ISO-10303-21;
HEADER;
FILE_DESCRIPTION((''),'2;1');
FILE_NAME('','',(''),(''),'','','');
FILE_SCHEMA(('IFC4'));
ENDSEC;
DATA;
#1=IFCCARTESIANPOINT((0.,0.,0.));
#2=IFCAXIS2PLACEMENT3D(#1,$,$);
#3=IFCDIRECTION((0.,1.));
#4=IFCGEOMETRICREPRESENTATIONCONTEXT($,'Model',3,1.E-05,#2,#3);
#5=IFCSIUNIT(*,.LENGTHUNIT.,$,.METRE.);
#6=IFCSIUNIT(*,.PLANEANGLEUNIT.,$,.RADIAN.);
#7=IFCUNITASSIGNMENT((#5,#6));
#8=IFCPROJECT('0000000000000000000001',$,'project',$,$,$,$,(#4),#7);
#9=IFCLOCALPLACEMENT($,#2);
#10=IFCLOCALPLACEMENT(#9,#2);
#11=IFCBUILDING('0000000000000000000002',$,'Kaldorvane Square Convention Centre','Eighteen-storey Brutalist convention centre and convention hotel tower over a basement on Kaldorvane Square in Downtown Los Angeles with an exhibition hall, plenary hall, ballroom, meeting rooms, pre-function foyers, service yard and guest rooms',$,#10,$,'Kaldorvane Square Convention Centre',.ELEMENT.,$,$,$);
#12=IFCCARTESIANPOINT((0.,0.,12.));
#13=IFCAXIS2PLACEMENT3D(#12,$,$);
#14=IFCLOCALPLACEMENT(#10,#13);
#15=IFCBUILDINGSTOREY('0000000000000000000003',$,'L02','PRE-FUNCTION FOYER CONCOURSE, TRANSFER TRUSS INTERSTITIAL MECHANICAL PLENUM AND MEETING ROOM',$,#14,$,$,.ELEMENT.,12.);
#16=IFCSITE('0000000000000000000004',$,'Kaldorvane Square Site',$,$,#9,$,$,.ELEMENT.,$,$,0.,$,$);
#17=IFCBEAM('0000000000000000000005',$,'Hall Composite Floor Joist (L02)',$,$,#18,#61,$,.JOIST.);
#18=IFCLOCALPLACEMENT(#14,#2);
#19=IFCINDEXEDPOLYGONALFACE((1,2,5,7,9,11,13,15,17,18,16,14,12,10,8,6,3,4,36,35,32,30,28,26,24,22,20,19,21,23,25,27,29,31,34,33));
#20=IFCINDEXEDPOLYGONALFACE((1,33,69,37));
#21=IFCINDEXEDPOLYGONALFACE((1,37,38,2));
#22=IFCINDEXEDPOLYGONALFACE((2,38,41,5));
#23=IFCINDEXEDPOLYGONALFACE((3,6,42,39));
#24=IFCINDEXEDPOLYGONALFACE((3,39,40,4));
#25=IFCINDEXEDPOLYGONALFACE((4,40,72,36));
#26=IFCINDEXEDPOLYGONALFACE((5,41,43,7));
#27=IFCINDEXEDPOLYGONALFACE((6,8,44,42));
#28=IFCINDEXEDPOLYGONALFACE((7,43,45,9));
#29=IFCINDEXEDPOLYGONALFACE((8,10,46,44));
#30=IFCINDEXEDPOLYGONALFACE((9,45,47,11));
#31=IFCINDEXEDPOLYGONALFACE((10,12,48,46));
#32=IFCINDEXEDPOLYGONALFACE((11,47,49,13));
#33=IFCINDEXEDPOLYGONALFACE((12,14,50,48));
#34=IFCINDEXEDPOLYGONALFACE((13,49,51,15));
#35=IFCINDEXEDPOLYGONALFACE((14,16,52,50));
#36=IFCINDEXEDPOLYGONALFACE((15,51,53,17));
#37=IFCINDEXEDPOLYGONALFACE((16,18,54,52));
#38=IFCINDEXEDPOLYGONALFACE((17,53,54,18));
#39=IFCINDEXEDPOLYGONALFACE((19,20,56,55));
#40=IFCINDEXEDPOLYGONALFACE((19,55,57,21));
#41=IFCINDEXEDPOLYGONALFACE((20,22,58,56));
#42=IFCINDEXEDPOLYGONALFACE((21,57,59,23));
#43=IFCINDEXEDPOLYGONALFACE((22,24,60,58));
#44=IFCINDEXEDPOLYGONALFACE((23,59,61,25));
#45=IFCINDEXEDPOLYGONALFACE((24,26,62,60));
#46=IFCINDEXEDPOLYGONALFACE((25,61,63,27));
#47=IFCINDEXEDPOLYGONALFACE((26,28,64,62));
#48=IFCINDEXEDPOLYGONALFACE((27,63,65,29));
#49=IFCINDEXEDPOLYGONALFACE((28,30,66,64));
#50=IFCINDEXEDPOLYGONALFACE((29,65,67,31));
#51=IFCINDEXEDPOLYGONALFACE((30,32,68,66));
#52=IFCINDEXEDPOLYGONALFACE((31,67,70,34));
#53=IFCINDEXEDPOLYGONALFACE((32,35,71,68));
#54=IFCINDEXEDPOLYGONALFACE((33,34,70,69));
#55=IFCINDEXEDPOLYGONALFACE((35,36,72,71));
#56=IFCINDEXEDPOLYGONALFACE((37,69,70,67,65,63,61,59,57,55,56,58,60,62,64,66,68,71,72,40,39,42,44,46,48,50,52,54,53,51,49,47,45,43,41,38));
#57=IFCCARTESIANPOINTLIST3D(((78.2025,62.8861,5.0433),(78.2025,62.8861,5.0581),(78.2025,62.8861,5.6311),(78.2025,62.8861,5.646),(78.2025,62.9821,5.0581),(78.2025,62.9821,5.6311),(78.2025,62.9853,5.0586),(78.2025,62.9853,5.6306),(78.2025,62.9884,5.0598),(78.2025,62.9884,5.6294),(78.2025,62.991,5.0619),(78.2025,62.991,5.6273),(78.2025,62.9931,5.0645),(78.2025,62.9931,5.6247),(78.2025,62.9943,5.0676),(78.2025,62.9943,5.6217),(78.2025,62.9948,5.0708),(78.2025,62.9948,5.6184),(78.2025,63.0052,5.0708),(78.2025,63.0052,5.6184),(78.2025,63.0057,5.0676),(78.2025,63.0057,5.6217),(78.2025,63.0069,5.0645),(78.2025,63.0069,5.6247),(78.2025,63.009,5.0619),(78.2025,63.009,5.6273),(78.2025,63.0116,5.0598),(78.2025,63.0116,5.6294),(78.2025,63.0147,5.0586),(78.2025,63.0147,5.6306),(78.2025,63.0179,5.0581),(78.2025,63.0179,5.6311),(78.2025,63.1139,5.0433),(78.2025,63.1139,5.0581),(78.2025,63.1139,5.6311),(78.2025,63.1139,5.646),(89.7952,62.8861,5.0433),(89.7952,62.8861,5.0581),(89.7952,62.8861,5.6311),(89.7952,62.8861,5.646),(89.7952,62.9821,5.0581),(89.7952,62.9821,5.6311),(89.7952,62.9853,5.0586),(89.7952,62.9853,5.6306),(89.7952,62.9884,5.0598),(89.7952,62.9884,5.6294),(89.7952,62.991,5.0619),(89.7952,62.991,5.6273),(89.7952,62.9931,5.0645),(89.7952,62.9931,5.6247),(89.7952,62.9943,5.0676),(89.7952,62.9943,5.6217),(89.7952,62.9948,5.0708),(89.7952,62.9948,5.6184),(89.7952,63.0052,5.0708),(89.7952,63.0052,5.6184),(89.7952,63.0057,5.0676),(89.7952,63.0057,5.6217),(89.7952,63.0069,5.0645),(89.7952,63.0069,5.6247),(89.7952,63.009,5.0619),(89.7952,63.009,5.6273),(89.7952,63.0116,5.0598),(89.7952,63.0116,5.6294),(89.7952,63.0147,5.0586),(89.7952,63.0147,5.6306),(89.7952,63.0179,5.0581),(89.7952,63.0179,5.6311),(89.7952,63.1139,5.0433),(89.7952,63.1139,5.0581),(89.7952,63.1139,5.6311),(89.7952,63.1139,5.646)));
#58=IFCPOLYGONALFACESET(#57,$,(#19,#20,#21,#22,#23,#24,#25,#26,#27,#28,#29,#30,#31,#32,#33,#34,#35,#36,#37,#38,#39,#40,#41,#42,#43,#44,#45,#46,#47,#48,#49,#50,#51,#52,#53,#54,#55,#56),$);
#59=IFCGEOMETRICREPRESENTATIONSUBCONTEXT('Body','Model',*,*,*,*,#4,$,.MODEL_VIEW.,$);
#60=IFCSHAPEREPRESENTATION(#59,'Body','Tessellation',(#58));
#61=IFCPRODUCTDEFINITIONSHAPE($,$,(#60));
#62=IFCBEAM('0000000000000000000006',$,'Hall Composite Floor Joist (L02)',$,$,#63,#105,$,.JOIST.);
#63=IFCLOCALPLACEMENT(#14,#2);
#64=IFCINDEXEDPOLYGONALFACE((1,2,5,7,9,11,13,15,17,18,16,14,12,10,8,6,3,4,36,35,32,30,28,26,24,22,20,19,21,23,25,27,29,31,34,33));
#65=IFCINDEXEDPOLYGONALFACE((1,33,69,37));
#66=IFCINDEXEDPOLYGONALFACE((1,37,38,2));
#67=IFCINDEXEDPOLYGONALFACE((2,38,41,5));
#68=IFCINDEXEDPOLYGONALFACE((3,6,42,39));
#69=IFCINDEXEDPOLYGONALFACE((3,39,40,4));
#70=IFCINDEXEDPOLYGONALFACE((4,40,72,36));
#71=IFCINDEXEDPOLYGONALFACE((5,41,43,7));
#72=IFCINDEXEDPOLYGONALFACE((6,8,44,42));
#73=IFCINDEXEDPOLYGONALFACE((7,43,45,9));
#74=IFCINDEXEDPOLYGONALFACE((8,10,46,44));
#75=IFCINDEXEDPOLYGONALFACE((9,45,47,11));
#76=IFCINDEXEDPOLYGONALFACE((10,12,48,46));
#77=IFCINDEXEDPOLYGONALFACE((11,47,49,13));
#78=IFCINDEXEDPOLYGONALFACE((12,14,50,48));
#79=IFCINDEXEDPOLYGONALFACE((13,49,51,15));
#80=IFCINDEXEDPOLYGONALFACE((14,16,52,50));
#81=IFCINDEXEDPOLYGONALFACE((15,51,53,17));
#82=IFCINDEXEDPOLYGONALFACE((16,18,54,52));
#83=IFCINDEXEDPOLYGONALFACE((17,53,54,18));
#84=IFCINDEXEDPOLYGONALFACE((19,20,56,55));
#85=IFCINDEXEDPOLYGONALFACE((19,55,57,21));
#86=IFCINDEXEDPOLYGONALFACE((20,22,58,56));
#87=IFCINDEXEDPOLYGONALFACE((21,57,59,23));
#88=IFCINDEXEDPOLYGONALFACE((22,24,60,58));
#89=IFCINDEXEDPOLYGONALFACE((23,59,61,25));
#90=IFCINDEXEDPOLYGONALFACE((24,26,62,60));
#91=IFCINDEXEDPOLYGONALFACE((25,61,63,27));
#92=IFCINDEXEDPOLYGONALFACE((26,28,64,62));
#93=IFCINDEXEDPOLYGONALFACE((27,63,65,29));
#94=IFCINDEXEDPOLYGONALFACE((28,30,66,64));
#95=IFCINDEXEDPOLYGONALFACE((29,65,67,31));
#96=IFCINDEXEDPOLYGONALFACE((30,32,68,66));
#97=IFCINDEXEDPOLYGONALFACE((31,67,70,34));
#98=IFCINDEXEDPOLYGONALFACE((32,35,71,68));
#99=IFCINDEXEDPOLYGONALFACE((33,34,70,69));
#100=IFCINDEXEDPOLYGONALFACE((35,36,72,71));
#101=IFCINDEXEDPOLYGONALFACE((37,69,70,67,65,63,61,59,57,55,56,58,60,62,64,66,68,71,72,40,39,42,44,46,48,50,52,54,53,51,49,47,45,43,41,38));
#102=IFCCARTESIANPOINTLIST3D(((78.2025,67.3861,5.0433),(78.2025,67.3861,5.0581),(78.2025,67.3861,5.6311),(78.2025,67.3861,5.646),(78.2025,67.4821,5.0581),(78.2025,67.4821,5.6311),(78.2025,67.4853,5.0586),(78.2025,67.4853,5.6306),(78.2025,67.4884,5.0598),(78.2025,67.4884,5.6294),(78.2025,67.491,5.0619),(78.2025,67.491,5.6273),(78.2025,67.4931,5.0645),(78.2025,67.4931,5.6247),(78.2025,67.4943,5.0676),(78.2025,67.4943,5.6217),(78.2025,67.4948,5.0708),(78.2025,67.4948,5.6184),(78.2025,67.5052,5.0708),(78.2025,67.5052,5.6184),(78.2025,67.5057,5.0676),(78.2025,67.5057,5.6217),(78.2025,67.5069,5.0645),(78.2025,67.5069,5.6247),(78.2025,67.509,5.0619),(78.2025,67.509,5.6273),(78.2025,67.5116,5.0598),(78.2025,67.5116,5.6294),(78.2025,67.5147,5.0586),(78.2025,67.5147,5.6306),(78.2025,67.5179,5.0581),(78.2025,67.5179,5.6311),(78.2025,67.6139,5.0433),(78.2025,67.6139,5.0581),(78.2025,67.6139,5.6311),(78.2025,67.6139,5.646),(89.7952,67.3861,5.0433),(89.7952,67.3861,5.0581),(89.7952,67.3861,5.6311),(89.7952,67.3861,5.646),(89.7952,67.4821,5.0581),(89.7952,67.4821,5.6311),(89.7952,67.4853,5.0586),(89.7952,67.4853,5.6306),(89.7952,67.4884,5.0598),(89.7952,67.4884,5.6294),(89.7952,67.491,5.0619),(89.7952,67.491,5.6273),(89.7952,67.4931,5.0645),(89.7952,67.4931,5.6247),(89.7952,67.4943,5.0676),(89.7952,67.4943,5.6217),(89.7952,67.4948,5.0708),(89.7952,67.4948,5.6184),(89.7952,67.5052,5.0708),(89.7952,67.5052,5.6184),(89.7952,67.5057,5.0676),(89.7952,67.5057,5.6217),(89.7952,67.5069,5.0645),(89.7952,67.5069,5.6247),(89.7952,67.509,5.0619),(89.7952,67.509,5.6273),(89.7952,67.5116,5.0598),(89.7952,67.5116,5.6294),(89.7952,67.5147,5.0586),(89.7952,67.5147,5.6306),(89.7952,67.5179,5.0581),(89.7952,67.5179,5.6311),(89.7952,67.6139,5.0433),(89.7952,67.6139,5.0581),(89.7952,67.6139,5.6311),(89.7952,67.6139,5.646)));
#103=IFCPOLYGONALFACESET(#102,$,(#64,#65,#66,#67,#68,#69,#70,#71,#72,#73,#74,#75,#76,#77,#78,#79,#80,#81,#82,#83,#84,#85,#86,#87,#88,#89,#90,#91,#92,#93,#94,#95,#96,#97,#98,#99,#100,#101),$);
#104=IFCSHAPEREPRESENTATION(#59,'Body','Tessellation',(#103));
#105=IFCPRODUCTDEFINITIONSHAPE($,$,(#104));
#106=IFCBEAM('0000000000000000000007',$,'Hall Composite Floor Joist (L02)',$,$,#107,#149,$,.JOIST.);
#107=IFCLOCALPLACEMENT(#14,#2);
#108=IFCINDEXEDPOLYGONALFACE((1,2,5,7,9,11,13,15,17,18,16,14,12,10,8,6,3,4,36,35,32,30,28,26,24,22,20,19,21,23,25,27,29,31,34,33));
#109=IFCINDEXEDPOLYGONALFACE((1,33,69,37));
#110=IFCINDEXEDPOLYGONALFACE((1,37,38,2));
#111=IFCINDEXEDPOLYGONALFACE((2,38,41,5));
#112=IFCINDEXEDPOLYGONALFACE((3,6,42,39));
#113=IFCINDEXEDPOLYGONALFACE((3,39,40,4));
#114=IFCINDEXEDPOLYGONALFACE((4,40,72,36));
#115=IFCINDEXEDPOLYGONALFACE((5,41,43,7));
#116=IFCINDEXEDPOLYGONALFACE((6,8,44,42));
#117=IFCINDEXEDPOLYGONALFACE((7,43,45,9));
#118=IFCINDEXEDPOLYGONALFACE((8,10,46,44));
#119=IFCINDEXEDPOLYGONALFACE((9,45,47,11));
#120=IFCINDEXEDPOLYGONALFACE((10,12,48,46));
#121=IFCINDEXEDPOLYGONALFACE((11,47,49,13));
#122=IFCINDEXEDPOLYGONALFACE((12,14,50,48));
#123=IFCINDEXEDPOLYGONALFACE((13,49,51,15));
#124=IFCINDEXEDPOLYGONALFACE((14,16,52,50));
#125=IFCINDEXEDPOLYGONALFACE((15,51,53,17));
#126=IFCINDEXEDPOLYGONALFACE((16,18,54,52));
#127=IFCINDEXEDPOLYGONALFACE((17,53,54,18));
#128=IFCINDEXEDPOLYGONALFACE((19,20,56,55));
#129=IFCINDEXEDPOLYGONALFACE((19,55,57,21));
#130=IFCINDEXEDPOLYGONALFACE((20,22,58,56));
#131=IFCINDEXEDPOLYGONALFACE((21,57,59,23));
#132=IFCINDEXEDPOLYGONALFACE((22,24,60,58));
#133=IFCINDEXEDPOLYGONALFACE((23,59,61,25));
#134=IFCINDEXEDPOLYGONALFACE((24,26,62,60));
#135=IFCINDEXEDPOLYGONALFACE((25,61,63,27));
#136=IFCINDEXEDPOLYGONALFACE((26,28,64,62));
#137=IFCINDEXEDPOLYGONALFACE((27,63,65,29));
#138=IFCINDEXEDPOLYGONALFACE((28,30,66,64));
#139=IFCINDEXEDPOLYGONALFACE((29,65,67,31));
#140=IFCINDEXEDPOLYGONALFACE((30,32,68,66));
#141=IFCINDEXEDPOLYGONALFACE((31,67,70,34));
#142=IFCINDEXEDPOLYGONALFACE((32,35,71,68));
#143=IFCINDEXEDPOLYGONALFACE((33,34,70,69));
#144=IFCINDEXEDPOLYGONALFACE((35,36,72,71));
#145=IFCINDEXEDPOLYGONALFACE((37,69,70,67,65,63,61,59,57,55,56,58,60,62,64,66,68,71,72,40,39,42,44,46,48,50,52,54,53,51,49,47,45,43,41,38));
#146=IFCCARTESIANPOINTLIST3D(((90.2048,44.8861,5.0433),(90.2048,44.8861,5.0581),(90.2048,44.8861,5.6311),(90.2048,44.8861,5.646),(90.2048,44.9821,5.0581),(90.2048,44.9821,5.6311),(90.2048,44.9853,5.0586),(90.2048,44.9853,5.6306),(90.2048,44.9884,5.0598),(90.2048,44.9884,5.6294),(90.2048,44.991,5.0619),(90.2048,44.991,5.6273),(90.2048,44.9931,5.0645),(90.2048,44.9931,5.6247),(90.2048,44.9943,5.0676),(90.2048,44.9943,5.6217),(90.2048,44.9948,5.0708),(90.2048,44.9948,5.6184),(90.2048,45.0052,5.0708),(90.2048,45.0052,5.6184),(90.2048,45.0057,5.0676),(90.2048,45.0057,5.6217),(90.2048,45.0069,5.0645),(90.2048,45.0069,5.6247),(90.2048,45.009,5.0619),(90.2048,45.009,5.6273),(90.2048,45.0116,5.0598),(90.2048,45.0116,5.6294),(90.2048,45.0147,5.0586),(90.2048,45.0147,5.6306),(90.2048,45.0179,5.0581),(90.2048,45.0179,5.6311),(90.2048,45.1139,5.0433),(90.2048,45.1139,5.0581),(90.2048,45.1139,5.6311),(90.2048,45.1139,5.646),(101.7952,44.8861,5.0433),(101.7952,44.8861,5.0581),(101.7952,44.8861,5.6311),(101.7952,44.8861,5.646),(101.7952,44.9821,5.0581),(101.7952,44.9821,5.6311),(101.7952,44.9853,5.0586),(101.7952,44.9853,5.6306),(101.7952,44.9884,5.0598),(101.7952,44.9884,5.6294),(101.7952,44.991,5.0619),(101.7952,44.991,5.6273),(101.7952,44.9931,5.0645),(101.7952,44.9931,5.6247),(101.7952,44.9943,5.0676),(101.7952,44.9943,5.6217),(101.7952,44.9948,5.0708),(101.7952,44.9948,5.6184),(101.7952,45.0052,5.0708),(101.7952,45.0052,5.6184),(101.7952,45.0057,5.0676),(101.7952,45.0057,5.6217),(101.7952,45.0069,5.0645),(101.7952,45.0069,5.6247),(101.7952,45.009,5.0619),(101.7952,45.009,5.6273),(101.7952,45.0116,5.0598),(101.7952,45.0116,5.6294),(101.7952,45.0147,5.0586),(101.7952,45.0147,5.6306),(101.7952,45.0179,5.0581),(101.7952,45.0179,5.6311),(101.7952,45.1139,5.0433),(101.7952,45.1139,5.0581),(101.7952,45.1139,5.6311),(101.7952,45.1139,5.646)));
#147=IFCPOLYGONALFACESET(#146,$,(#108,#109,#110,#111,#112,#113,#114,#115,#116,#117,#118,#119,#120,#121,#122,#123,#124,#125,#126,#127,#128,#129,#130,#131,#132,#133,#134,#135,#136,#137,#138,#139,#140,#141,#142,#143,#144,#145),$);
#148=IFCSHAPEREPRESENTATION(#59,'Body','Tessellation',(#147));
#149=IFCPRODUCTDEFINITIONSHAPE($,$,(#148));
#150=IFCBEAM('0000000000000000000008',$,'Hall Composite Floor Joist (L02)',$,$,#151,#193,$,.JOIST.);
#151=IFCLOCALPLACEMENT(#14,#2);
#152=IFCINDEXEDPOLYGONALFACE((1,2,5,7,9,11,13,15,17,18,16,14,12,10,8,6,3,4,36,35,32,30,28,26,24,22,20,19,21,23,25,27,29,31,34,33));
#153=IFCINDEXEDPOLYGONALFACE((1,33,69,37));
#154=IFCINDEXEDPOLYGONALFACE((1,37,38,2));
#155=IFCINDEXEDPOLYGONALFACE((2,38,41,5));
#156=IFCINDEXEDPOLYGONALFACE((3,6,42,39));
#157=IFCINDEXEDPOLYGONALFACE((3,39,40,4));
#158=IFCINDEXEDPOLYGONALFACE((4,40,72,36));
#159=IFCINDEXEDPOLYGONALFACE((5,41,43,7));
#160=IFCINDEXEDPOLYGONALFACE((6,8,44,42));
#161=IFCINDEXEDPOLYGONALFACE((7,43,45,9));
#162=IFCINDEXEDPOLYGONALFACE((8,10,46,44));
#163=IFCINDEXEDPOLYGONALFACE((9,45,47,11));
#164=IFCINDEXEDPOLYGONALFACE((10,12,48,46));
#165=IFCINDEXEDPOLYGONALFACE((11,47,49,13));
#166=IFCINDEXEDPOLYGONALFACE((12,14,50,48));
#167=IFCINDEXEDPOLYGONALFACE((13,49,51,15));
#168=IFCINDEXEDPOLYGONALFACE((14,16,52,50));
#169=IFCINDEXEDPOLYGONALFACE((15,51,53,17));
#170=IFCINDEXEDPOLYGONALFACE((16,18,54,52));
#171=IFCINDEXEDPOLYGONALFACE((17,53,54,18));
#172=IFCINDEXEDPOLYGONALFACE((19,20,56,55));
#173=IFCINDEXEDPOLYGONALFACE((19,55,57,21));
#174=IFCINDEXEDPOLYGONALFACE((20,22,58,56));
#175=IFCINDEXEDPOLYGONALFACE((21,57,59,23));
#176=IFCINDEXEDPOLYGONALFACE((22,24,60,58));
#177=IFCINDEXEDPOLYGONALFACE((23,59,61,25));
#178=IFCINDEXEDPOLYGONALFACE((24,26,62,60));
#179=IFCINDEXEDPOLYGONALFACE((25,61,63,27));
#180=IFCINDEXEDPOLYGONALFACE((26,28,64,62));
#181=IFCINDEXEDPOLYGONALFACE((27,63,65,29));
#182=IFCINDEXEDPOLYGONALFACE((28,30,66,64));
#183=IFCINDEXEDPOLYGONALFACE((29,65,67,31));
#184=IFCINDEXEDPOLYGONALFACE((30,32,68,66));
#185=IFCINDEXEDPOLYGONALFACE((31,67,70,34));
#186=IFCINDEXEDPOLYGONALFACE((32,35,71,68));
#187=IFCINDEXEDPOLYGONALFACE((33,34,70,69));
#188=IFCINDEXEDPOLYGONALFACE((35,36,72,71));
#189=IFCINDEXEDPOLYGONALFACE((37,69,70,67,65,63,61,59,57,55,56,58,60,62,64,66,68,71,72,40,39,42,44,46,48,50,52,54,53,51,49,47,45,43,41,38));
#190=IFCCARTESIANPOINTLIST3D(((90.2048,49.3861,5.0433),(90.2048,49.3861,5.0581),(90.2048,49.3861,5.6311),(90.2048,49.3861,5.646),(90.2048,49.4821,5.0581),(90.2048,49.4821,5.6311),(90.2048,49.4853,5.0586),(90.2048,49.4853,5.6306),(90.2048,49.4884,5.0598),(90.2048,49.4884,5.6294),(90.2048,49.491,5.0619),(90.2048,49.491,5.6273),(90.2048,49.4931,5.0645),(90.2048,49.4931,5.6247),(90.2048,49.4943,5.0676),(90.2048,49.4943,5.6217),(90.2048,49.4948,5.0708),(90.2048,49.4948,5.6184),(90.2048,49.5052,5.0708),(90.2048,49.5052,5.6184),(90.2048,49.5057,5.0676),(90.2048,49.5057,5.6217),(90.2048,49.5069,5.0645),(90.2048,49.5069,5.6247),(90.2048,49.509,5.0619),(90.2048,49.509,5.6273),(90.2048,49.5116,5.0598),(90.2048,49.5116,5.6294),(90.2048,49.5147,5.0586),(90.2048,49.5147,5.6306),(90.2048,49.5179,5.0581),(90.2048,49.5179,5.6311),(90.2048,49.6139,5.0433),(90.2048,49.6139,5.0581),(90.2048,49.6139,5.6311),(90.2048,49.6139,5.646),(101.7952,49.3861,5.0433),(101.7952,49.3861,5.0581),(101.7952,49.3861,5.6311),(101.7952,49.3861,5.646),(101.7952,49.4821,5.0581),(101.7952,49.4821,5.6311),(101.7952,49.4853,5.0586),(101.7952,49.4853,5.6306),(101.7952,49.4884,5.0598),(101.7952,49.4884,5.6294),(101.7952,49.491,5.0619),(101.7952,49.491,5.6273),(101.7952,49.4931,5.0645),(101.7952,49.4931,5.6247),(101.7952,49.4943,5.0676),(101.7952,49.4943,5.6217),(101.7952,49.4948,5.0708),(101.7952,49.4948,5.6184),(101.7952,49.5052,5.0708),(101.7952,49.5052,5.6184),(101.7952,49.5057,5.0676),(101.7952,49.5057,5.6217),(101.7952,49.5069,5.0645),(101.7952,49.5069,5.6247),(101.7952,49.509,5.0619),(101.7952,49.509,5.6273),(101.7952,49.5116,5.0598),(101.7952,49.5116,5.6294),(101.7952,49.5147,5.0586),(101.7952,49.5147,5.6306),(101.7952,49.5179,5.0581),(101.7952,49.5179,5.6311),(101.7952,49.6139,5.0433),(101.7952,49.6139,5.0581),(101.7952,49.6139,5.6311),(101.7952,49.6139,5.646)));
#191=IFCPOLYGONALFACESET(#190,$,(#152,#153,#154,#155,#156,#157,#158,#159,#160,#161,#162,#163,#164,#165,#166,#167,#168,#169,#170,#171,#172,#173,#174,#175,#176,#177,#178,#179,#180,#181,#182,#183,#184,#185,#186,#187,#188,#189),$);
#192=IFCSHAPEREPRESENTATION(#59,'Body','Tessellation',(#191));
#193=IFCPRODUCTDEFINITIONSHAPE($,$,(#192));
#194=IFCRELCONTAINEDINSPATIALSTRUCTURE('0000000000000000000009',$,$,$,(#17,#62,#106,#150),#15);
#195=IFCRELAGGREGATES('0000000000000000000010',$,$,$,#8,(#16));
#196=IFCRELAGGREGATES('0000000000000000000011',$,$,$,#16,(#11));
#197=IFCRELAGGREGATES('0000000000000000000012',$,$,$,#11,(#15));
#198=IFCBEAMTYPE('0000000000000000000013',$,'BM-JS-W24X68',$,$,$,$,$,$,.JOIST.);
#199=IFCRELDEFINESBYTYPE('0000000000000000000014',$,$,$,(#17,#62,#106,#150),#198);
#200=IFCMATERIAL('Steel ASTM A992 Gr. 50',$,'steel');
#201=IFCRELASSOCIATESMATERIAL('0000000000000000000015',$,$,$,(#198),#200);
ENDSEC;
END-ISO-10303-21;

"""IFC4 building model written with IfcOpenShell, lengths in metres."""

from ifc_helpers import new_model, si_unit, direction, frame, origin, origin_2d, place, context, subcontext, project, spatial, i_section, extrude, material, material_profile, profile_set, type_object, element, save


model = new_model("IFC4")

# Units and contexts
model_context = context("Model", 3, precision=1e-05, world=origin(), true_north=direction((0.0, 1.0)))
body_context = subcontext(model_context, "Body", "Model", "MODEL_VIEW")
ifc_project = project(units=[si_unit("LENGTHUNIT", "METRE"), si_unit("PLANEANGLEUNIT", "RADIAN")], contexts=[model_context])

# Site, building, storey
site_placement = place(None, origin())
site = spatial("IfcSite", under=ifc_project, at=site_placement, Name="Kaldorvane Square Site", CompositionType="ELEMENT", RefElevation=0.0)
building_placement = place(site_placement, origin())
building = spatial("IfcBuilding", under=site, at=building_placement, Name="Kaldorvane Square Convention Centre", Description="Eighteen-storey Brutalist convention centre and convention hotel tower over a basement on Kaldorvane Square in Downtown Los Angeles with an exhibition hall, plenary hall, ballroom, meeting rooms, pre-function foyers, service yard and guest rooms", LongName="Kaldorvane Square Convention Centre", CompositionType="ELEMENT")
storey_placement = place(building_placement, frame((0.0, 0.0, 12.0)))
storey = spatial("IfcBuildingStorey", under=building, at=storey_placement, Name="L02", Description="PRE-FUNCTION FOYER CONCOURSE, TRANSFER TRUSS INTERSTITIAL MECHANICAL PLENUM AND MEETING ROOM", CompositionType="ELEMENT", Elevation=12.0)

# Beams
ifc_material = material(Name="Steel ASTM A992 Gr. 50", Category="steel")
ifc_material_profile_1 = material_profile(ifc_material, i_section(OverallWidth=0.2277, OverallDepth=0.6027, WebThickness=0.0105, FlangeThickness=0.0149, FilletRadius=0.0127, at=origin_2d()), Name="W24X68")
ifc_profile_set_1 = profile_set([ifc_material_profile_1], Name="Steel ASTM A992 Gr. 50")
beam_type = type_object("IfcBeamType", Name="BM-JS-W24X68", PredefinedType="JOIST", material=ifc_profile_set_1)
for number, where, z_axis, x_axis, name in (
    (1, (78.2025, 63.0, 5.3446), (1.0, 0.0, 0.0), (0.0, 1.0, 0.0), "Hall Composite Floor Joist (L02)"),
    (2, (78.2025, 67.5, 5.3446), (1.0, 0.0, 0.0), (0.0, 1.0, 0.0), "Hall Composite Floor Joist (L02)"),
):
    element("IfcBeam", number, at=place(storey_placement, frame(where, z_axis=z_axis, x_axis=x_axis)), inside=storey, type_object=beam_type, Name=name, PredefinedType="JOIST", context=body_context, shape_type="SweptSolid", body=[
        extrude(i_section(OverallWidth=0.2277, OverallDepth=0.6027, WebThickness=0.0105, FlangeThickness=0.0149, FilletRadius=0.0127, at=origin_2d()), origin(), (0.0, 0.0, 1.0), 11.5927),
    ])
for number, where, z_axis, x_axis, name in (
    (3, (90.2048, 45.0, 5.3446), (1.0, 0.0, 0.0), (0.0, 1.0, 0.0), "Hall Composite Floor Joist (L02)"),
    (4, (90.2048, 49.5, 5.3446), (1.0, 0.0, 0.0), (0.0, 1.0, 0.0), "Hall Composite Floor Joist (L02)"),
):
    element("IfcBeam", number, at=place(storey_placement, frame(where, z_axis=z_axis, x_axis=x_axis)), inside=storey, type_object=beam_type, Name=name, PredefinedType="JOIST", context=body_context, shape_type="SweptSolid", body=[
        extrude(i_section(OverallWidth=0.2277, OverallDepth=0.6027, WebThickness=0.0105, FlangeThickness=0.0149, FilletRadius=0.0127, at=origin_2d()), origin(), (0.0, 0.0, 1.0), 11.5904),
    ])

save(model, "model.ifc")
